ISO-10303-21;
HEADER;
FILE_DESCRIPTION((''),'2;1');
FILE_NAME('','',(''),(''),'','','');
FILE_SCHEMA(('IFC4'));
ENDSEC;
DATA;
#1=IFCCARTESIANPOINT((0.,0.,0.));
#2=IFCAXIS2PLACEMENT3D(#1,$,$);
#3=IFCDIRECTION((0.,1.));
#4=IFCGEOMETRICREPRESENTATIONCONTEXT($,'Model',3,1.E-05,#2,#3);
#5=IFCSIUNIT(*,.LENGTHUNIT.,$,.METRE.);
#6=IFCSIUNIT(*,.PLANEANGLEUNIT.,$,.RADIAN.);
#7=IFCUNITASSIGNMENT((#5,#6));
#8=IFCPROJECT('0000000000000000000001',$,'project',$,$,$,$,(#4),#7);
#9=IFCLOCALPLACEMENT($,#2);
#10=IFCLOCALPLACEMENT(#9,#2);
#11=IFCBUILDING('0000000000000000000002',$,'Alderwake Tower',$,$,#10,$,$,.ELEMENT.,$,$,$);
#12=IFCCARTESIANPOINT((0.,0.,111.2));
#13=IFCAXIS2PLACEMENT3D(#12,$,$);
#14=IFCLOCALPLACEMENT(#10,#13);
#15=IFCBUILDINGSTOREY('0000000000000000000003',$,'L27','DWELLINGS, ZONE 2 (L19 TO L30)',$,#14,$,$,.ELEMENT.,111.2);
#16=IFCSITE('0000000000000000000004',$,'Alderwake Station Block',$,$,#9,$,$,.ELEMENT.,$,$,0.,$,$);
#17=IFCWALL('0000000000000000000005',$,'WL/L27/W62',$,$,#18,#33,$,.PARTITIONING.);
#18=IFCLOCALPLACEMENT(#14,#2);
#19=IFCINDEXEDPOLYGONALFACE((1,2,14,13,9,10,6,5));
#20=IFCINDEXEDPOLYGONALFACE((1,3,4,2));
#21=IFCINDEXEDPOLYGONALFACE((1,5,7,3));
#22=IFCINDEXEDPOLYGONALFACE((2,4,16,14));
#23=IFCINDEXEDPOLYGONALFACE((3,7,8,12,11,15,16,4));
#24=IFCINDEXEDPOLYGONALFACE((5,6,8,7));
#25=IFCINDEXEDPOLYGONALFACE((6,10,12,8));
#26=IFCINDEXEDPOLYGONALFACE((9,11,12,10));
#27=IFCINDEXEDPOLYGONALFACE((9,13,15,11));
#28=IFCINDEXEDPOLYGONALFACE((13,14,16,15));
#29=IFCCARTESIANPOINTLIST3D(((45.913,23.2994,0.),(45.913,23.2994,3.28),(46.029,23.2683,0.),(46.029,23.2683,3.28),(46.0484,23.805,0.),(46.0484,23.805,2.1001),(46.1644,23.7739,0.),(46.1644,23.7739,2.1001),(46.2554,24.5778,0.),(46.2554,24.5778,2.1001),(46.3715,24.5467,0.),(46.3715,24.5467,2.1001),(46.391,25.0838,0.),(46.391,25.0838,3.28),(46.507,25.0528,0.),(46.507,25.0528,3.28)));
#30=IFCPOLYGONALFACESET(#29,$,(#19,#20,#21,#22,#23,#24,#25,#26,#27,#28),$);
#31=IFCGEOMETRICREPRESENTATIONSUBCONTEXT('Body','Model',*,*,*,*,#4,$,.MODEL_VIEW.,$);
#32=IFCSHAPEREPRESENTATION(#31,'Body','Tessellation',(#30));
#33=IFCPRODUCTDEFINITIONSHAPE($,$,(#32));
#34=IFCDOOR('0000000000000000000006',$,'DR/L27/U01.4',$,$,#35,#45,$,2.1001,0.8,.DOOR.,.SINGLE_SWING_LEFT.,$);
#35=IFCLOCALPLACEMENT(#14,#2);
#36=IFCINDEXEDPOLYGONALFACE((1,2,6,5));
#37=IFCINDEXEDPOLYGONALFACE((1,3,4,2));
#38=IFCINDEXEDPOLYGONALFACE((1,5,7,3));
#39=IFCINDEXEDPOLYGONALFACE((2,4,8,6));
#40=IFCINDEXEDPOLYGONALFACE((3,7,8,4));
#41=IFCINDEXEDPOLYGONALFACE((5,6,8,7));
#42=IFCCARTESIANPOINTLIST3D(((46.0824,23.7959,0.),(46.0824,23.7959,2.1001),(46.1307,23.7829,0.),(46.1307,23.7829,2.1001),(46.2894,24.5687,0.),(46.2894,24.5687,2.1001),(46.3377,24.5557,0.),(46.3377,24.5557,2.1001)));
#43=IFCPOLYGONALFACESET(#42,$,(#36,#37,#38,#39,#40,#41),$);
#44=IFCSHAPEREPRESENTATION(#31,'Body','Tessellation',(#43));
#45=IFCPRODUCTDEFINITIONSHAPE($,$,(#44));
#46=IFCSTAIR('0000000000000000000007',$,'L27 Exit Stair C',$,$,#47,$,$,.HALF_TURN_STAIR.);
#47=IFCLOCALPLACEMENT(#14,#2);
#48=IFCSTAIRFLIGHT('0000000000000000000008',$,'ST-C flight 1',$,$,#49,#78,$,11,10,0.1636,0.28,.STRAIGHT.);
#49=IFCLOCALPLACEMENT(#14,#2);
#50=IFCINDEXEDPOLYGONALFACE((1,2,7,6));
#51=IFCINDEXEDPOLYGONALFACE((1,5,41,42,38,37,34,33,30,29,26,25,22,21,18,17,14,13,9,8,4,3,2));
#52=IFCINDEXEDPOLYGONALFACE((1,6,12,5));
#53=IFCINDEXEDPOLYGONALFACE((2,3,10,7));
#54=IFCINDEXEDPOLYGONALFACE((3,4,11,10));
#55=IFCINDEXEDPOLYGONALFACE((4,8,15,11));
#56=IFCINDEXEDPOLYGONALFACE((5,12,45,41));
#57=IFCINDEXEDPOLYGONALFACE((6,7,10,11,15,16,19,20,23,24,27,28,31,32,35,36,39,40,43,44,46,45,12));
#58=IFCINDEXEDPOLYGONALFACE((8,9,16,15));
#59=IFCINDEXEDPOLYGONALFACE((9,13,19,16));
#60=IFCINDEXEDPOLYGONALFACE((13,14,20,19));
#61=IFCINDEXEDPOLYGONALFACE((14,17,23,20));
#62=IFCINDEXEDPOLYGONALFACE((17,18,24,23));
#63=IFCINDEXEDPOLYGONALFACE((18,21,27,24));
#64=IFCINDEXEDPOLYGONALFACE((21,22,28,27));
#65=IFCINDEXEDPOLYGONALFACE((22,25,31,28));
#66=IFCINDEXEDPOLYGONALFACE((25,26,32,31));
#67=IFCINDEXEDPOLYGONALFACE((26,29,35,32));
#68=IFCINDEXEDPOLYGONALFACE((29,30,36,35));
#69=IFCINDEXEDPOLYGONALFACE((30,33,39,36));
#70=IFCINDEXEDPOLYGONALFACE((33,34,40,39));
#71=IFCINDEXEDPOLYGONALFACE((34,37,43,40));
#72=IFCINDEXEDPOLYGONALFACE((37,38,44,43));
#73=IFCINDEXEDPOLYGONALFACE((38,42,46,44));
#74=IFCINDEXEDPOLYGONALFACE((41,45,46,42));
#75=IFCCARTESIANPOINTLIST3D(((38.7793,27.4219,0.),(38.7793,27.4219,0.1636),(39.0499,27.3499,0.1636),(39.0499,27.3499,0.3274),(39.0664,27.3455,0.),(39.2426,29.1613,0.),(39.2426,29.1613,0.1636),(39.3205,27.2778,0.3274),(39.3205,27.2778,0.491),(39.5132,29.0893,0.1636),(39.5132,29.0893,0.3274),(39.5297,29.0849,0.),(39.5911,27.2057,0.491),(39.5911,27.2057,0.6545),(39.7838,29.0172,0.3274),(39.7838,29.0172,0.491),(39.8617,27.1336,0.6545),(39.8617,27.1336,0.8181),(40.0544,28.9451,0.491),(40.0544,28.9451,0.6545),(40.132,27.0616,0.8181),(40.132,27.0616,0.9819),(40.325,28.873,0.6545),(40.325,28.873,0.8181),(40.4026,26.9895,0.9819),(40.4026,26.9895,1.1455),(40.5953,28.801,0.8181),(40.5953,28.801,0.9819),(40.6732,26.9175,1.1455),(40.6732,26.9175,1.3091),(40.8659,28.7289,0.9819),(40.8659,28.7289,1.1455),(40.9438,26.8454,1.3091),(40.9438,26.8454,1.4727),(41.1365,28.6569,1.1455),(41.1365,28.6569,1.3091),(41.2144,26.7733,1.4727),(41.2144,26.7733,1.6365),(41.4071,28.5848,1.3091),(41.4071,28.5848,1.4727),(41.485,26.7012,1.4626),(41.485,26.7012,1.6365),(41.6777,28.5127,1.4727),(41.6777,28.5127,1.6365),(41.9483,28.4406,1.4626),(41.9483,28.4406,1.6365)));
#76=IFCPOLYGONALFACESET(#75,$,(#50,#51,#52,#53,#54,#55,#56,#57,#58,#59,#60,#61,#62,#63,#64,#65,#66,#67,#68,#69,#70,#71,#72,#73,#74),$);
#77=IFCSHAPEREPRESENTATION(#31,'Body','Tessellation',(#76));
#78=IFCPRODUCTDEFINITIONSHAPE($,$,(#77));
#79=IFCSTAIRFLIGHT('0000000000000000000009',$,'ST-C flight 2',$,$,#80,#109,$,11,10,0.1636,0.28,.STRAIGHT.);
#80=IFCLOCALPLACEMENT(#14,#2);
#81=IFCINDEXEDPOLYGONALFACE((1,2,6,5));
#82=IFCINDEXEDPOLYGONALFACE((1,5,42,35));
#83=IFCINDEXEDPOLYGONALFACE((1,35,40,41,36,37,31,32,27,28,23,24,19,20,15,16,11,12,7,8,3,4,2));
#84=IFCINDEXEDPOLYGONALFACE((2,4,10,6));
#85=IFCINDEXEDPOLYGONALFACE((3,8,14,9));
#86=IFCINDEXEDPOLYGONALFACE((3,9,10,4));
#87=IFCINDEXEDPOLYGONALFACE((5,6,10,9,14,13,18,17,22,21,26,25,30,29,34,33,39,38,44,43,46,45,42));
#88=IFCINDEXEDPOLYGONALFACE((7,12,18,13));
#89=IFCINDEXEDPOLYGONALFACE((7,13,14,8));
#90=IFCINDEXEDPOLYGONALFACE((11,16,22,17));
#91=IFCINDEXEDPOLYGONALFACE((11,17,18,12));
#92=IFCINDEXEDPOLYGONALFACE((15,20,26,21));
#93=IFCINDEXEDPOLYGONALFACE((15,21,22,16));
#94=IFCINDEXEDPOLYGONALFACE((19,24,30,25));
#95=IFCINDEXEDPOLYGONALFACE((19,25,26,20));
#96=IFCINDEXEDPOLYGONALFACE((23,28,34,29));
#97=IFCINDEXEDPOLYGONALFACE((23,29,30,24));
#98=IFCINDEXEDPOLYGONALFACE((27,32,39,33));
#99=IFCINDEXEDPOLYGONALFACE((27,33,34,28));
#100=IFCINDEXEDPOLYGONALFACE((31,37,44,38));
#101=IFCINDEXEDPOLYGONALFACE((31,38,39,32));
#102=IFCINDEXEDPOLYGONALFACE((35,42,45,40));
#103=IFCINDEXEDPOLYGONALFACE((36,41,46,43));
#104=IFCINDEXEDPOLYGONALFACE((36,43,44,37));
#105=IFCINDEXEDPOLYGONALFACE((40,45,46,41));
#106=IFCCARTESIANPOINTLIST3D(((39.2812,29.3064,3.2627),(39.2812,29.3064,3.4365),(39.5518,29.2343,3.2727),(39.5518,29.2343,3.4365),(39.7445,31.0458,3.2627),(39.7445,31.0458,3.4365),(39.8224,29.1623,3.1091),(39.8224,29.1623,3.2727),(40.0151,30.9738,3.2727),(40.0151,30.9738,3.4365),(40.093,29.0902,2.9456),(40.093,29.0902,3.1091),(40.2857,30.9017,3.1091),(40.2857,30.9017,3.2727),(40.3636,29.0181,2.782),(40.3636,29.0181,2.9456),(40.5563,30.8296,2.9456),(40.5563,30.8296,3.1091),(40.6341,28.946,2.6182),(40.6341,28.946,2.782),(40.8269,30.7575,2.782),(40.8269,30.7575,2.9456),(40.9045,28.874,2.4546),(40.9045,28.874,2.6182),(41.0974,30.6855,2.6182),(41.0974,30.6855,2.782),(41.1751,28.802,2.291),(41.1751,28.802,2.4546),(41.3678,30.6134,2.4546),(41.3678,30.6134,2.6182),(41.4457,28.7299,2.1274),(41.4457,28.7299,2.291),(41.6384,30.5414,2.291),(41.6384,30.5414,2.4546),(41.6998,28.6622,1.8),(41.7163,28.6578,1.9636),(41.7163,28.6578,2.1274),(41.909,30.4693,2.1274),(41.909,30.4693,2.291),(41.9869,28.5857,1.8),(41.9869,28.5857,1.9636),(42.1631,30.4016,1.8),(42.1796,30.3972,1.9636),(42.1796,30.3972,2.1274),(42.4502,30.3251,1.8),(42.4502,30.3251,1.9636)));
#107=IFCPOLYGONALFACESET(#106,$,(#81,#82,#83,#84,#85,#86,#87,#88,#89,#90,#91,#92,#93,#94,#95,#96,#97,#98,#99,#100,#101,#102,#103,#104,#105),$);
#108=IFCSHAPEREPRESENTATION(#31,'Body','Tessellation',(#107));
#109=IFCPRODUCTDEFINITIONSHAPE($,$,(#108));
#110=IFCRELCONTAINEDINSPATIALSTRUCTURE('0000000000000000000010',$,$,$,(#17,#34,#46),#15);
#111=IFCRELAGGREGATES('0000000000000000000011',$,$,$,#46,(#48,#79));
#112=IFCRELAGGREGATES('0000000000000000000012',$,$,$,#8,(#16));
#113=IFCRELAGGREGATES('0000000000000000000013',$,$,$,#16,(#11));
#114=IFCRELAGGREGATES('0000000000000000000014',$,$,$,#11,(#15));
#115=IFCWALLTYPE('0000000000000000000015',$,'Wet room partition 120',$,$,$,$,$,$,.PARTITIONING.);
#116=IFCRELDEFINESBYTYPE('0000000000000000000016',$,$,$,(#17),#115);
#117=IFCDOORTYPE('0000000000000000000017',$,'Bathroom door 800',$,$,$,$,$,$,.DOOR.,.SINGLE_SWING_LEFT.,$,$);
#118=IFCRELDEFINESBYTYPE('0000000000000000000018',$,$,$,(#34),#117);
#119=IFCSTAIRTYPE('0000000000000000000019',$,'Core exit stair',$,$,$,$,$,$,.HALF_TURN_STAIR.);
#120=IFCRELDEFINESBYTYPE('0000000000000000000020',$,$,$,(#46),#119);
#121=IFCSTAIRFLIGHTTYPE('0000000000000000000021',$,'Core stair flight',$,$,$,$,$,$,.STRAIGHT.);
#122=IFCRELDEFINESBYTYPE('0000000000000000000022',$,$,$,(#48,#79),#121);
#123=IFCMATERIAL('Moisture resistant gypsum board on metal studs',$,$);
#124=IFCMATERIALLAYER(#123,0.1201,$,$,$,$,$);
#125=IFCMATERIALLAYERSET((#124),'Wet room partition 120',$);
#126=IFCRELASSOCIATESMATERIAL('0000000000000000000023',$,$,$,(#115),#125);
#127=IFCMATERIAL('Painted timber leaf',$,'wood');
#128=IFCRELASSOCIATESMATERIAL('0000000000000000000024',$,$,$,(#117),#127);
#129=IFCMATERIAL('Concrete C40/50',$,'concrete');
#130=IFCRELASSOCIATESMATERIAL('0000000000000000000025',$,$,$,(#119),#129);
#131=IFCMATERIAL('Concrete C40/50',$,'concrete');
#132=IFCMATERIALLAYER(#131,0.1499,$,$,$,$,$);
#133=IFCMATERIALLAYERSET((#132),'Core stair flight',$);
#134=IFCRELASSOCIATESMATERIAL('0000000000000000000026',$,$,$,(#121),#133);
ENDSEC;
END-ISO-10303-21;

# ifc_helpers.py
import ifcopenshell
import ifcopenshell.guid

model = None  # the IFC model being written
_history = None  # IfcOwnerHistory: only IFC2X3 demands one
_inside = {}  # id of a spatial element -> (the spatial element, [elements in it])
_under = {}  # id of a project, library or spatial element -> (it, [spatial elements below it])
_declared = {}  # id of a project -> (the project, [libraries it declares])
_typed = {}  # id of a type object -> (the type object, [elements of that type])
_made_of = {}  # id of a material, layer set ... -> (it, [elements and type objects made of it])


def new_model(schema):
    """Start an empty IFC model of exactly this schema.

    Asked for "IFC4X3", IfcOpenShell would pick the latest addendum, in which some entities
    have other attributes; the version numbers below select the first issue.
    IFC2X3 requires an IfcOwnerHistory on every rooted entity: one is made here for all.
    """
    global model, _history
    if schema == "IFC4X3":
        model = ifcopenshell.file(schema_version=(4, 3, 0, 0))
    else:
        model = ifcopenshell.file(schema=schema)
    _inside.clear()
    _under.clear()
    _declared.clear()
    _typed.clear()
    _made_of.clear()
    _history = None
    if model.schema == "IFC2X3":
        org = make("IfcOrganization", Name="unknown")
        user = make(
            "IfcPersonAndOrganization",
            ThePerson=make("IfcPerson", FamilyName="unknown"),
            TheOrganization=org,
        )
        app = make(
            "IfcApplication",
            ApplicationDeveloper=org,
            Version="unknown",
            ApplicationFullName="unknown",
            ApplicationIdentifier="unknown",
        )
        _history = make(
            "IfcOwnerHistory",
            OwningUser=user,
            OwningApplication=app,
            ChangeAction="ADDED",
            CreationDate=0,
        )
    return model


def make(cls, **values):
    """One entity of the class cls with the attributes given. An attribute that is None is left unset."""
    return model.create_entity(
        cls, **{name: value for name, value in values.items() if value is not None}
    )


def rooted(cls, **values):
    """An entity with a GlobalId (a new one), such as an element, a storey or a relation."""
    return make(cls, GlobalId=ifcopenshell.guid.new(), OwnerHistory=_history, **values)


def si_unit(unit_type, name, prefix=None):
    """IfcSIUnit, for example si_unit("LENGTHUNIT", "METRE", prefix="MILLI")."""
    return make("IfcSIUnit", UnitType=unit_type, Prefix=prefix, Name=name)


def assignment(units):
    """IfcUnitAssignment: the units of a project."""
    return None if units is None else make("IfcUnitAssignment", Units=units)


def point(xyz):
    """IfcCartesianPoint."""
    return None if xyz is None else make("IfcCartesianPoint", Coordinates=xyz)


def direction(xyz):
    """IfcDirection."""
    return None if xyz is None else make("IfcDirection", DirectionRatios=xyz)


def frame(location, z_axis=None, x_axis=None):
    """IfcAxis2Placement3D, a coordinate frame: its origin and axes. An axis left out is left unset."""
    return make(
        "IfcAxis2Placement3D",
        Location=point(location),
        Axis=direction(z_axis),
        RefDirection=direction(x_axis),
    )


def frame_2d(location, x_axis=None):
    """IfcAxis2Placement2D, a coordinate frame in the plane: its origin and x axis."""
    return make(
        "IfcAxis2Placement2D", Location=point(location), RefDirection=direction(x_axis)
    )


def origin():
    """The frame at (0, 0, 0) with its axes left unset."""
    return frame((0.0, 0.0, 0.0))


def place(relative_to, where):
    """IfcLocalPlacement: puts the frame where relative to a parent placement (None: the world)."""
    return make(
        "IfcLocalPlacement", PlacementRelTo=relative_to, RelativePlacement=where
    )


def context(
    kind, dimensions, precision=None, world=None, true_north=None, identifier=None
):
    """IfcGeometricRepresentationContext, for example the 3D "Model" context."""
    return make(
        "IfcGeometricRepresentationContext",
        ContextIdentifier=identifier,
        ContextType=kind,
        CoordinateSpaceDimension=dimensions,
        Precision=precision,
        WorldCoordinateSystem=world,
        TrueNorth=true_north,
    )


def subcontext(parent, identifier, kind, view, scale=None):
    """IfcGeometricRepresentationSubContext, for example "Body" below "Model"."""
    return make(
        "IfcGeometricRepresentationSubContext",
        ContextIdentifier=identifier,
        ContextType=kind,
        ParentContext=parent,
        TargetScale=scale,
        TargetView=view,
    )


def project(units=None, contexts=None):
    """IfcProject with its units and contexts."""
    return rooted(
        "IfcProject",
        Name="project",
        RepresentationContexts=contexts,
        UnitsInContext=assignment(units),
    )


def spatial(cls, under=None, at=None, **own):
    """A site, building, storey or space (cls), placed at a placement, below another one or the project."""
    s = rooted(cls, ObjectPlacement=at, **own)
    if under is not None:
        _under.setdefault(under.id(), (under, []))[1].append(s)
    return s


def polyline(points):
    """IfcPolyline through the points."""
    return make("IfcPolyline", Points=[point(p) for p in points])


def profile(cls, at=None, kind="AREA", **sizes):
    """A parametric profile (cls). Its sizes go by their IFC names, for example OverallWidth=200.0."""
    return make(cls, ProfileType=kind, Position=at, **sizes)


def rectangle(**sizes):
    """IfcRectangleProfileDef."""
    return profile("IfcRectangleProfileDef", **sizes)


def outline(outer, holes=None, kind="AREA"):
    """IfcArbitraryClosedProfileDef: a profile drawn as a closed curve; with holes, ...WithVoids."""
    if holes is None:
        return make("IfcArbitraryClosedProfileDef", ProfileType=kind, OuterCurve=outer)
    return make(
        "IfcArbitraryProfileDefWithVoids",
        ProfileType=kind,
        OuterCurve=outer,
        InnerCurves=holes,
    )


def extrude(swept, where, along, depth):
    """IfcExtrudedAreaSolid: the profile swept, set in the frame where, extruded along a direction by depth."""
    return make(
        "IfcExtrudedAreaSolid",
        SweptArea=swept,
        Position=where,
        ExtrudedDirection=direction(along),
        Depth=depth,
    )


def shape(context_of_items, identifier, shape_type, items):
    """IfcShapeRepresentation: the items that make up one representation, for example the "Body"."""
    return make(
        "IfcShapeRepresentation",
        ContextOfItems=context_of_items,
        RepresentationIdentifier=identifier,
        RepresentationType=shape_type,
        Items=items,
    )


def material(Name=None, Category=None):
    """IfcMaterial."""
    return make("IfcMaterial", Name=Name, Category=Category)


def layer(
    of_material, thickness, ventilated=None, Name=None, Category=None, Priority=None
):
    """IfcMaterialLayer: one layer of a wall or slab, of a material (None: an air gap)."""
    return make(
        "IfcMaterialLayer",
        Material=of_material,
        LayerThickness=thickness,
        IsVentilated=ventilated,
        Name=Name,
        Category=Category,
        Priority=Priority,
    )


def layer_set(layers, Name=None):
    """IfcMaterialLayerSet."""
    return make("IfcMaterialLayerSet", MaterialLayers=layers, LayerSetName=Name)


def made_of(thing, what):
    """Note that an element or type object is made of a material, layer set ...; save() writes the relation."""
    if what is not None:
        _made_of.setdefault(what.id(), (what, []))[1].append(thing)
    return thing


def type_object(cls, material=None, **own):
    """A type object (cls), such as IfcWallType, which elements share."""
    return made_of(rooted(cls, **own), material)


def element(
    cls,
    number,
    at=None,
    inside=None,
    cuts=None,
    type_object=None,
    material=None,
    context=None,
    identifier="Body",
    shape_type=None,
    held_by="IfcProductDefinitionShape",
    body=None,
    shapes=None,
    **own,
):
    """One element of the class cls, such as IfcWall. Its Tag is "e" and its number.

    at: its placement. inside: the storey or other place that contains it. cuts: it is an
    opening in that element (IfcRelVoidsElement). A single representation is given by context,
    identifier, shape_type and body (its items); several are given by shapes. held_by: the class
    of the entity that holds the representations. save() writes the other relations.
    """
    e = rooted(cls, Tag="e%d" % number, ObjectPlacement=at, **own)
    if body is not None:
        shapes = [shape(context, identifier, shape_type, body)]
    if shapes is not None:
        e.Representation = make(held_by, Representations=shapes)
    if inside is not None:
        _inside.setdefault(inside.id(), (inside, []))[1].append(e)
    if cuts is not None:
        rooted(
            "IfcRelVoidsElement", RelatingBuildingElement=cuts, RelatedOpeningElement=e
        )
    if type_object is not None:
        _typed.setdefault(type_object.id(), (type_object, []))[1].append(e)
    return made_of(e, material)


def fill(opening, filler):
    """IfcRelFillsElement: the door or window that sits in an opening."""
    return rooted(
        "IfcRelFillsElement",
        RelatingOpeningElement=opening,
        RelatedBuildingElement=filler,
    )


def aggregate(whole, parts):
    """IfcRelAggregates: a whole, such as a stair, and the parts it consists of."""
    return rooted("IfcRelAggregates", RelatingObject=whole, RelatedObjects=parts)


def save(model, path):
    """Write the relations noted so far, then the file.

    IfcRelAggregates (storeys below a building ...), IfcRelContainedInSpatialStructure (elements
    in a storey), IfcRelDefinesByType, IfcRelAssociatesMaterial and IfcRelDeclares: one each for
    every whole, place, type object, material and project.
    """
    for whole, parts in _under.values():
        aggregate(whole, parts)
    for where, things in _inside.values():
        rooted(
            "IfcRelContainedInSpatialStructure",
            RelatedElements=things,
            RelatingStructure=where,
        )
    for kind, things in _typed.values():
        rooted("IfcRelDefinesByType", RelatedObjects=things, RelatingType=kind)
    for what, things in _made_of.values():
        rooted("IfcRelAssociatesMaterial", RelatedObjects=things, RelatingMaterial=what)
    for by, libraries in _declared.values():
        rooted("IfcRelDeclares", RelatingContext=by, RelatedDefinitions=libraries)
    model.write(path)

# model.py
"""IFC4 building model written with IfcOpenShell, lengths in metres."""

from ifc_helpers import new_model, si_unit, direction, frame, frame_2d, origin, place, context, subcontext, project, spatial, polyline, rectangle, outline, extrude, material, layer, layer_set, type_object, element, fill, aggregate, save


model = new_model("IFC4")

# Units and contexts
model_context = context("Model", 3, precision=1e-05, world=origin(), true_north=direction((0.0, 1.0)))
body_context = subcontext(model_context, "Body", "Model", "MODEL_VIEW")
ifc_project = project(units=[si_unit("LENGTHUNIT", "METRE"), si_unit("PLANEANGLEUNIT", "RADIAN")], contexts=[model_context])

# Site, building, storey
site_placement = place(None, origin())
site = spatial("IfcSite", under=ifc_project, at=site_placement, Name="Alderwake Station Block", CompositionType="ELEMENT", RefElevation=0.0)
building_placement = place(site_placement, origin())
building = spatial("IfcBuilding", under=site, at=building_placement, Name="Alderwake Tower", CompositionType="ELEMENT")
storey_placement = place(building_placement, frame((0.0, 0.0, 111.2)))
storey = spatial("IfcBuildingStorey", under=building, at=storey_placement, Name="L27", Description="DWELLINGS, ZONE 2 (L19 TO L30)", CompositionType="ELEMENT", Elevation=111.2)

# Shared definitions
ifc_material_1 = material(Name="Moisture resistant gypsum board on metal studs")
ifc_layer_1 = layer(ifc_material_1, 0.1201)
ifc_layer_set_1 = layer_set([ifc_layer_1], Name="Wet room partition 120")
wall_type_1 = type_object("IfcWallType", Name="Wet room partition 120", PredefinedType="PARTITIONING", material=ifc_layer_set_1)

# Wall, opening, door
ifc_material_2 = material(Name="Painted timber leaf", Category="wood")
door_type_1 = type_object("IfcDoorType", Name="Bathroom door 800", OperationType="SINGLE_SWING_LEFT", PredefinedType="DOOR", material=ifc_material_2)
wall_1_placement = place(storey_placement, frame((45.9709, 23.2837, 0.0), z_axis=(0.0, 0.0, 1.0), x_axis=(0.258765, 0.96594, 0.0)))
wall_1 = element("IfcWall", 1, at=wall_1_placement, inside=storey, type_object=wall_type_1, Name="WL/L27/W62", PredefinedType="PARTITIONING", context=body_context, shape_type="SweptSolid", body=[
    extrude(rectangle(XDim=1.8474, YDim=0.1201, at=frame_2d((0.9238, 0.0))), origin(), (0.0, 0.0, 1.0), 3.28),
])
opening_1_placement = place(wall_1_placement, frame((0.5237, 0.0, 0.0)))
opening_1 = element("IfcOpeningElement", 2, at=opening_1_placement, cuts=wall_1, PredefinedType="OPENING", context=body_context, shape_type="SweptSolid", body=[
    extrude(rectangle(XDim=0.8, YDim=2.1001, at=frame_2d((0.3999, 1.05))), frame((0.0, 0.0701, 0.0), z_axis=(0.0, -1.0, 0.0), x_axis=(1.0, 0.0, 0.0)), (0.0, 0.0, 1.0), 0.1401),
])
door_1_placement = place(opening_1_placement, origin())
door_1 = element("IfcDoor", 3, at=door_1_placement, inside=storey, type_object=door_type_1, Name="DR/L27/U01.4", OperationType="SINGLE_SWING_LEFT", OverallHeight=2.1001, OverallWidth=0.8, PredefinedType="DOOR", context=body_context, shape_type="SweptSolid", body=[
    extrude(rectangle(XDim=0.8, YDim=2.1001, at=frame_2d((0.3999, 1.05))), frame((0.0, 0.0249, 0.0), z_axis=(0.0, -1.0, 0.0), x_axis=(1.0, 0.0, 0.0)), (0.0, 0.0, 1.0), 0.05),
])
fill(opening_1, door_1)

# Stair, stair flights
ifc_material_3 = material(Name="Concrete C40/50", Category="concrete")
stair_type = type_object("IfcStairType", Name="Core exit stair", PredefinedType="HALF_TURN_STAIR", material=ifc_material_3)
stair_placement = place(storey_placement, origin())
stair = element("IfcStair", 4, at=stair_placement, inside=storey, type_object=stair_type, Name="L27 Exit Stair C", PredefinedType="HALF_TURN_STAIR")
ifc_material_4 = material(Name="Concrete C40/50", Category="concrete")
ifc_layer_2 = layer(ifc_material_4, 0.1499)
ifc_layer_set_2 = layer_set([ifc_layer_2], Name="Core stair flight")
stair_flight_type = type_object("IfcStairFlightType", Name="Core stair flight", PredefinedType="STRAIGHT", material=ifc_layer_set_2)
stair_flight_1_placement = place(storey_placement, frame((39.011, 28.2917, 0.0), z_axis=(0.0, 0.0, 1.0), x_axis=(0.96631, -0.257382, 0.0)))
stair_flight_1 = element("IfcStairFlight", 5, at=stair_flight_1_placement, type_object=stair_flight_type, Name="ST-C flight 1", NumberOfRisers=11, NumberOfTreads=10, PredefinedType="STRAIGHT", RiserHeight=0.1636, TreadLength=0.28, context=body_context, shape_type="SweptSolid", body=[
    extrude(outline(polyline([(0.0, 0.0), (0.0, 0.1636), (0.28, 0.1636), (0.28, 0.3274), (0.5601, 0.3274), (0.5601, 0.491), (0.8401, 0.491), (0.8401, 0.6545), (1.1201, 0.6545), (1.1201, 0.8181), (1.3999, 0.8181), (1.3999, 0.9819), (1.6799, 0.9819), (1.6799, 1.1455), (1.96, 1.1455), (1.96, 1.3091), (2.24, 1.3091), (2.24, 1.4727), (2.52, 1.4727), (2.52, 1.6365), (2.8, 1.6365), (2.8, 1.8), (2.8, 1.4626), (0.2971, 0.0), (0.0, 0.0)])), frame((0.0, 0.8999, 0.0), z_axis=(0.0, -1.0, 0.0), x_axis=(1.0, 0.0, 0.0)), (0.0, 0.0, 1.0), 1.8),
])
stair_flight_2_placement = place(storey_placement, frame((42.2185, 29.4553, 1.8), z_axis=(0.0, 0.0, 1.0), x_axis=(-0.96631, 0.257382, 0.0)))
stair_flight_2 = element("IfcStairFlight", 6, at=stair_flight_2_placement, type_object=stair_flight_type, Name="ST-C flight 2", NumberOfRisers=11, NumberOfTreads=10, PredefinedType="STRAIGHT", RiserHeight=0.1636, TreadLength=0.28, context=body_context, shape_type="SweptSolid", body=[
    extrude(outline(polyline([(0.0, 0.0), (0.0, 0.1636), (0.28, 0.1636), (0.28, 0.3274), (0.5601, 0.3274), (0.5601, 0.491), (0.8401, 0.491), (0.8401, 0.6545), (1.1201, 0.6545), (1.1201, 0.8181), (1.3999, 0.8181), (1.3999, 0.9819), (1.6799, 0.9819), (1.6799, 1.1455), (1.96, 1.1455), (1.96, 1.3091), (2.24, 1.3091), (2.24, 1.4727), (2.52, 1.4727), (2.52, 1.6365), (2.8, 1.6365), (2.8, 1.8), (2.8, 1.4626), (0.2971, 0.0), (0.0, 0.0)])), frame((0.0, 0.8999, 0.0), z_axis=(0.0, -1.0, 0.0), x_axis=(1.0, 0.0, 0.0)), (0.0, 0.0, 1.0), 1.8),
])
aggregate(stair, [stair_flight_1, stair_flight_2])

save(model, "model.ifc")
